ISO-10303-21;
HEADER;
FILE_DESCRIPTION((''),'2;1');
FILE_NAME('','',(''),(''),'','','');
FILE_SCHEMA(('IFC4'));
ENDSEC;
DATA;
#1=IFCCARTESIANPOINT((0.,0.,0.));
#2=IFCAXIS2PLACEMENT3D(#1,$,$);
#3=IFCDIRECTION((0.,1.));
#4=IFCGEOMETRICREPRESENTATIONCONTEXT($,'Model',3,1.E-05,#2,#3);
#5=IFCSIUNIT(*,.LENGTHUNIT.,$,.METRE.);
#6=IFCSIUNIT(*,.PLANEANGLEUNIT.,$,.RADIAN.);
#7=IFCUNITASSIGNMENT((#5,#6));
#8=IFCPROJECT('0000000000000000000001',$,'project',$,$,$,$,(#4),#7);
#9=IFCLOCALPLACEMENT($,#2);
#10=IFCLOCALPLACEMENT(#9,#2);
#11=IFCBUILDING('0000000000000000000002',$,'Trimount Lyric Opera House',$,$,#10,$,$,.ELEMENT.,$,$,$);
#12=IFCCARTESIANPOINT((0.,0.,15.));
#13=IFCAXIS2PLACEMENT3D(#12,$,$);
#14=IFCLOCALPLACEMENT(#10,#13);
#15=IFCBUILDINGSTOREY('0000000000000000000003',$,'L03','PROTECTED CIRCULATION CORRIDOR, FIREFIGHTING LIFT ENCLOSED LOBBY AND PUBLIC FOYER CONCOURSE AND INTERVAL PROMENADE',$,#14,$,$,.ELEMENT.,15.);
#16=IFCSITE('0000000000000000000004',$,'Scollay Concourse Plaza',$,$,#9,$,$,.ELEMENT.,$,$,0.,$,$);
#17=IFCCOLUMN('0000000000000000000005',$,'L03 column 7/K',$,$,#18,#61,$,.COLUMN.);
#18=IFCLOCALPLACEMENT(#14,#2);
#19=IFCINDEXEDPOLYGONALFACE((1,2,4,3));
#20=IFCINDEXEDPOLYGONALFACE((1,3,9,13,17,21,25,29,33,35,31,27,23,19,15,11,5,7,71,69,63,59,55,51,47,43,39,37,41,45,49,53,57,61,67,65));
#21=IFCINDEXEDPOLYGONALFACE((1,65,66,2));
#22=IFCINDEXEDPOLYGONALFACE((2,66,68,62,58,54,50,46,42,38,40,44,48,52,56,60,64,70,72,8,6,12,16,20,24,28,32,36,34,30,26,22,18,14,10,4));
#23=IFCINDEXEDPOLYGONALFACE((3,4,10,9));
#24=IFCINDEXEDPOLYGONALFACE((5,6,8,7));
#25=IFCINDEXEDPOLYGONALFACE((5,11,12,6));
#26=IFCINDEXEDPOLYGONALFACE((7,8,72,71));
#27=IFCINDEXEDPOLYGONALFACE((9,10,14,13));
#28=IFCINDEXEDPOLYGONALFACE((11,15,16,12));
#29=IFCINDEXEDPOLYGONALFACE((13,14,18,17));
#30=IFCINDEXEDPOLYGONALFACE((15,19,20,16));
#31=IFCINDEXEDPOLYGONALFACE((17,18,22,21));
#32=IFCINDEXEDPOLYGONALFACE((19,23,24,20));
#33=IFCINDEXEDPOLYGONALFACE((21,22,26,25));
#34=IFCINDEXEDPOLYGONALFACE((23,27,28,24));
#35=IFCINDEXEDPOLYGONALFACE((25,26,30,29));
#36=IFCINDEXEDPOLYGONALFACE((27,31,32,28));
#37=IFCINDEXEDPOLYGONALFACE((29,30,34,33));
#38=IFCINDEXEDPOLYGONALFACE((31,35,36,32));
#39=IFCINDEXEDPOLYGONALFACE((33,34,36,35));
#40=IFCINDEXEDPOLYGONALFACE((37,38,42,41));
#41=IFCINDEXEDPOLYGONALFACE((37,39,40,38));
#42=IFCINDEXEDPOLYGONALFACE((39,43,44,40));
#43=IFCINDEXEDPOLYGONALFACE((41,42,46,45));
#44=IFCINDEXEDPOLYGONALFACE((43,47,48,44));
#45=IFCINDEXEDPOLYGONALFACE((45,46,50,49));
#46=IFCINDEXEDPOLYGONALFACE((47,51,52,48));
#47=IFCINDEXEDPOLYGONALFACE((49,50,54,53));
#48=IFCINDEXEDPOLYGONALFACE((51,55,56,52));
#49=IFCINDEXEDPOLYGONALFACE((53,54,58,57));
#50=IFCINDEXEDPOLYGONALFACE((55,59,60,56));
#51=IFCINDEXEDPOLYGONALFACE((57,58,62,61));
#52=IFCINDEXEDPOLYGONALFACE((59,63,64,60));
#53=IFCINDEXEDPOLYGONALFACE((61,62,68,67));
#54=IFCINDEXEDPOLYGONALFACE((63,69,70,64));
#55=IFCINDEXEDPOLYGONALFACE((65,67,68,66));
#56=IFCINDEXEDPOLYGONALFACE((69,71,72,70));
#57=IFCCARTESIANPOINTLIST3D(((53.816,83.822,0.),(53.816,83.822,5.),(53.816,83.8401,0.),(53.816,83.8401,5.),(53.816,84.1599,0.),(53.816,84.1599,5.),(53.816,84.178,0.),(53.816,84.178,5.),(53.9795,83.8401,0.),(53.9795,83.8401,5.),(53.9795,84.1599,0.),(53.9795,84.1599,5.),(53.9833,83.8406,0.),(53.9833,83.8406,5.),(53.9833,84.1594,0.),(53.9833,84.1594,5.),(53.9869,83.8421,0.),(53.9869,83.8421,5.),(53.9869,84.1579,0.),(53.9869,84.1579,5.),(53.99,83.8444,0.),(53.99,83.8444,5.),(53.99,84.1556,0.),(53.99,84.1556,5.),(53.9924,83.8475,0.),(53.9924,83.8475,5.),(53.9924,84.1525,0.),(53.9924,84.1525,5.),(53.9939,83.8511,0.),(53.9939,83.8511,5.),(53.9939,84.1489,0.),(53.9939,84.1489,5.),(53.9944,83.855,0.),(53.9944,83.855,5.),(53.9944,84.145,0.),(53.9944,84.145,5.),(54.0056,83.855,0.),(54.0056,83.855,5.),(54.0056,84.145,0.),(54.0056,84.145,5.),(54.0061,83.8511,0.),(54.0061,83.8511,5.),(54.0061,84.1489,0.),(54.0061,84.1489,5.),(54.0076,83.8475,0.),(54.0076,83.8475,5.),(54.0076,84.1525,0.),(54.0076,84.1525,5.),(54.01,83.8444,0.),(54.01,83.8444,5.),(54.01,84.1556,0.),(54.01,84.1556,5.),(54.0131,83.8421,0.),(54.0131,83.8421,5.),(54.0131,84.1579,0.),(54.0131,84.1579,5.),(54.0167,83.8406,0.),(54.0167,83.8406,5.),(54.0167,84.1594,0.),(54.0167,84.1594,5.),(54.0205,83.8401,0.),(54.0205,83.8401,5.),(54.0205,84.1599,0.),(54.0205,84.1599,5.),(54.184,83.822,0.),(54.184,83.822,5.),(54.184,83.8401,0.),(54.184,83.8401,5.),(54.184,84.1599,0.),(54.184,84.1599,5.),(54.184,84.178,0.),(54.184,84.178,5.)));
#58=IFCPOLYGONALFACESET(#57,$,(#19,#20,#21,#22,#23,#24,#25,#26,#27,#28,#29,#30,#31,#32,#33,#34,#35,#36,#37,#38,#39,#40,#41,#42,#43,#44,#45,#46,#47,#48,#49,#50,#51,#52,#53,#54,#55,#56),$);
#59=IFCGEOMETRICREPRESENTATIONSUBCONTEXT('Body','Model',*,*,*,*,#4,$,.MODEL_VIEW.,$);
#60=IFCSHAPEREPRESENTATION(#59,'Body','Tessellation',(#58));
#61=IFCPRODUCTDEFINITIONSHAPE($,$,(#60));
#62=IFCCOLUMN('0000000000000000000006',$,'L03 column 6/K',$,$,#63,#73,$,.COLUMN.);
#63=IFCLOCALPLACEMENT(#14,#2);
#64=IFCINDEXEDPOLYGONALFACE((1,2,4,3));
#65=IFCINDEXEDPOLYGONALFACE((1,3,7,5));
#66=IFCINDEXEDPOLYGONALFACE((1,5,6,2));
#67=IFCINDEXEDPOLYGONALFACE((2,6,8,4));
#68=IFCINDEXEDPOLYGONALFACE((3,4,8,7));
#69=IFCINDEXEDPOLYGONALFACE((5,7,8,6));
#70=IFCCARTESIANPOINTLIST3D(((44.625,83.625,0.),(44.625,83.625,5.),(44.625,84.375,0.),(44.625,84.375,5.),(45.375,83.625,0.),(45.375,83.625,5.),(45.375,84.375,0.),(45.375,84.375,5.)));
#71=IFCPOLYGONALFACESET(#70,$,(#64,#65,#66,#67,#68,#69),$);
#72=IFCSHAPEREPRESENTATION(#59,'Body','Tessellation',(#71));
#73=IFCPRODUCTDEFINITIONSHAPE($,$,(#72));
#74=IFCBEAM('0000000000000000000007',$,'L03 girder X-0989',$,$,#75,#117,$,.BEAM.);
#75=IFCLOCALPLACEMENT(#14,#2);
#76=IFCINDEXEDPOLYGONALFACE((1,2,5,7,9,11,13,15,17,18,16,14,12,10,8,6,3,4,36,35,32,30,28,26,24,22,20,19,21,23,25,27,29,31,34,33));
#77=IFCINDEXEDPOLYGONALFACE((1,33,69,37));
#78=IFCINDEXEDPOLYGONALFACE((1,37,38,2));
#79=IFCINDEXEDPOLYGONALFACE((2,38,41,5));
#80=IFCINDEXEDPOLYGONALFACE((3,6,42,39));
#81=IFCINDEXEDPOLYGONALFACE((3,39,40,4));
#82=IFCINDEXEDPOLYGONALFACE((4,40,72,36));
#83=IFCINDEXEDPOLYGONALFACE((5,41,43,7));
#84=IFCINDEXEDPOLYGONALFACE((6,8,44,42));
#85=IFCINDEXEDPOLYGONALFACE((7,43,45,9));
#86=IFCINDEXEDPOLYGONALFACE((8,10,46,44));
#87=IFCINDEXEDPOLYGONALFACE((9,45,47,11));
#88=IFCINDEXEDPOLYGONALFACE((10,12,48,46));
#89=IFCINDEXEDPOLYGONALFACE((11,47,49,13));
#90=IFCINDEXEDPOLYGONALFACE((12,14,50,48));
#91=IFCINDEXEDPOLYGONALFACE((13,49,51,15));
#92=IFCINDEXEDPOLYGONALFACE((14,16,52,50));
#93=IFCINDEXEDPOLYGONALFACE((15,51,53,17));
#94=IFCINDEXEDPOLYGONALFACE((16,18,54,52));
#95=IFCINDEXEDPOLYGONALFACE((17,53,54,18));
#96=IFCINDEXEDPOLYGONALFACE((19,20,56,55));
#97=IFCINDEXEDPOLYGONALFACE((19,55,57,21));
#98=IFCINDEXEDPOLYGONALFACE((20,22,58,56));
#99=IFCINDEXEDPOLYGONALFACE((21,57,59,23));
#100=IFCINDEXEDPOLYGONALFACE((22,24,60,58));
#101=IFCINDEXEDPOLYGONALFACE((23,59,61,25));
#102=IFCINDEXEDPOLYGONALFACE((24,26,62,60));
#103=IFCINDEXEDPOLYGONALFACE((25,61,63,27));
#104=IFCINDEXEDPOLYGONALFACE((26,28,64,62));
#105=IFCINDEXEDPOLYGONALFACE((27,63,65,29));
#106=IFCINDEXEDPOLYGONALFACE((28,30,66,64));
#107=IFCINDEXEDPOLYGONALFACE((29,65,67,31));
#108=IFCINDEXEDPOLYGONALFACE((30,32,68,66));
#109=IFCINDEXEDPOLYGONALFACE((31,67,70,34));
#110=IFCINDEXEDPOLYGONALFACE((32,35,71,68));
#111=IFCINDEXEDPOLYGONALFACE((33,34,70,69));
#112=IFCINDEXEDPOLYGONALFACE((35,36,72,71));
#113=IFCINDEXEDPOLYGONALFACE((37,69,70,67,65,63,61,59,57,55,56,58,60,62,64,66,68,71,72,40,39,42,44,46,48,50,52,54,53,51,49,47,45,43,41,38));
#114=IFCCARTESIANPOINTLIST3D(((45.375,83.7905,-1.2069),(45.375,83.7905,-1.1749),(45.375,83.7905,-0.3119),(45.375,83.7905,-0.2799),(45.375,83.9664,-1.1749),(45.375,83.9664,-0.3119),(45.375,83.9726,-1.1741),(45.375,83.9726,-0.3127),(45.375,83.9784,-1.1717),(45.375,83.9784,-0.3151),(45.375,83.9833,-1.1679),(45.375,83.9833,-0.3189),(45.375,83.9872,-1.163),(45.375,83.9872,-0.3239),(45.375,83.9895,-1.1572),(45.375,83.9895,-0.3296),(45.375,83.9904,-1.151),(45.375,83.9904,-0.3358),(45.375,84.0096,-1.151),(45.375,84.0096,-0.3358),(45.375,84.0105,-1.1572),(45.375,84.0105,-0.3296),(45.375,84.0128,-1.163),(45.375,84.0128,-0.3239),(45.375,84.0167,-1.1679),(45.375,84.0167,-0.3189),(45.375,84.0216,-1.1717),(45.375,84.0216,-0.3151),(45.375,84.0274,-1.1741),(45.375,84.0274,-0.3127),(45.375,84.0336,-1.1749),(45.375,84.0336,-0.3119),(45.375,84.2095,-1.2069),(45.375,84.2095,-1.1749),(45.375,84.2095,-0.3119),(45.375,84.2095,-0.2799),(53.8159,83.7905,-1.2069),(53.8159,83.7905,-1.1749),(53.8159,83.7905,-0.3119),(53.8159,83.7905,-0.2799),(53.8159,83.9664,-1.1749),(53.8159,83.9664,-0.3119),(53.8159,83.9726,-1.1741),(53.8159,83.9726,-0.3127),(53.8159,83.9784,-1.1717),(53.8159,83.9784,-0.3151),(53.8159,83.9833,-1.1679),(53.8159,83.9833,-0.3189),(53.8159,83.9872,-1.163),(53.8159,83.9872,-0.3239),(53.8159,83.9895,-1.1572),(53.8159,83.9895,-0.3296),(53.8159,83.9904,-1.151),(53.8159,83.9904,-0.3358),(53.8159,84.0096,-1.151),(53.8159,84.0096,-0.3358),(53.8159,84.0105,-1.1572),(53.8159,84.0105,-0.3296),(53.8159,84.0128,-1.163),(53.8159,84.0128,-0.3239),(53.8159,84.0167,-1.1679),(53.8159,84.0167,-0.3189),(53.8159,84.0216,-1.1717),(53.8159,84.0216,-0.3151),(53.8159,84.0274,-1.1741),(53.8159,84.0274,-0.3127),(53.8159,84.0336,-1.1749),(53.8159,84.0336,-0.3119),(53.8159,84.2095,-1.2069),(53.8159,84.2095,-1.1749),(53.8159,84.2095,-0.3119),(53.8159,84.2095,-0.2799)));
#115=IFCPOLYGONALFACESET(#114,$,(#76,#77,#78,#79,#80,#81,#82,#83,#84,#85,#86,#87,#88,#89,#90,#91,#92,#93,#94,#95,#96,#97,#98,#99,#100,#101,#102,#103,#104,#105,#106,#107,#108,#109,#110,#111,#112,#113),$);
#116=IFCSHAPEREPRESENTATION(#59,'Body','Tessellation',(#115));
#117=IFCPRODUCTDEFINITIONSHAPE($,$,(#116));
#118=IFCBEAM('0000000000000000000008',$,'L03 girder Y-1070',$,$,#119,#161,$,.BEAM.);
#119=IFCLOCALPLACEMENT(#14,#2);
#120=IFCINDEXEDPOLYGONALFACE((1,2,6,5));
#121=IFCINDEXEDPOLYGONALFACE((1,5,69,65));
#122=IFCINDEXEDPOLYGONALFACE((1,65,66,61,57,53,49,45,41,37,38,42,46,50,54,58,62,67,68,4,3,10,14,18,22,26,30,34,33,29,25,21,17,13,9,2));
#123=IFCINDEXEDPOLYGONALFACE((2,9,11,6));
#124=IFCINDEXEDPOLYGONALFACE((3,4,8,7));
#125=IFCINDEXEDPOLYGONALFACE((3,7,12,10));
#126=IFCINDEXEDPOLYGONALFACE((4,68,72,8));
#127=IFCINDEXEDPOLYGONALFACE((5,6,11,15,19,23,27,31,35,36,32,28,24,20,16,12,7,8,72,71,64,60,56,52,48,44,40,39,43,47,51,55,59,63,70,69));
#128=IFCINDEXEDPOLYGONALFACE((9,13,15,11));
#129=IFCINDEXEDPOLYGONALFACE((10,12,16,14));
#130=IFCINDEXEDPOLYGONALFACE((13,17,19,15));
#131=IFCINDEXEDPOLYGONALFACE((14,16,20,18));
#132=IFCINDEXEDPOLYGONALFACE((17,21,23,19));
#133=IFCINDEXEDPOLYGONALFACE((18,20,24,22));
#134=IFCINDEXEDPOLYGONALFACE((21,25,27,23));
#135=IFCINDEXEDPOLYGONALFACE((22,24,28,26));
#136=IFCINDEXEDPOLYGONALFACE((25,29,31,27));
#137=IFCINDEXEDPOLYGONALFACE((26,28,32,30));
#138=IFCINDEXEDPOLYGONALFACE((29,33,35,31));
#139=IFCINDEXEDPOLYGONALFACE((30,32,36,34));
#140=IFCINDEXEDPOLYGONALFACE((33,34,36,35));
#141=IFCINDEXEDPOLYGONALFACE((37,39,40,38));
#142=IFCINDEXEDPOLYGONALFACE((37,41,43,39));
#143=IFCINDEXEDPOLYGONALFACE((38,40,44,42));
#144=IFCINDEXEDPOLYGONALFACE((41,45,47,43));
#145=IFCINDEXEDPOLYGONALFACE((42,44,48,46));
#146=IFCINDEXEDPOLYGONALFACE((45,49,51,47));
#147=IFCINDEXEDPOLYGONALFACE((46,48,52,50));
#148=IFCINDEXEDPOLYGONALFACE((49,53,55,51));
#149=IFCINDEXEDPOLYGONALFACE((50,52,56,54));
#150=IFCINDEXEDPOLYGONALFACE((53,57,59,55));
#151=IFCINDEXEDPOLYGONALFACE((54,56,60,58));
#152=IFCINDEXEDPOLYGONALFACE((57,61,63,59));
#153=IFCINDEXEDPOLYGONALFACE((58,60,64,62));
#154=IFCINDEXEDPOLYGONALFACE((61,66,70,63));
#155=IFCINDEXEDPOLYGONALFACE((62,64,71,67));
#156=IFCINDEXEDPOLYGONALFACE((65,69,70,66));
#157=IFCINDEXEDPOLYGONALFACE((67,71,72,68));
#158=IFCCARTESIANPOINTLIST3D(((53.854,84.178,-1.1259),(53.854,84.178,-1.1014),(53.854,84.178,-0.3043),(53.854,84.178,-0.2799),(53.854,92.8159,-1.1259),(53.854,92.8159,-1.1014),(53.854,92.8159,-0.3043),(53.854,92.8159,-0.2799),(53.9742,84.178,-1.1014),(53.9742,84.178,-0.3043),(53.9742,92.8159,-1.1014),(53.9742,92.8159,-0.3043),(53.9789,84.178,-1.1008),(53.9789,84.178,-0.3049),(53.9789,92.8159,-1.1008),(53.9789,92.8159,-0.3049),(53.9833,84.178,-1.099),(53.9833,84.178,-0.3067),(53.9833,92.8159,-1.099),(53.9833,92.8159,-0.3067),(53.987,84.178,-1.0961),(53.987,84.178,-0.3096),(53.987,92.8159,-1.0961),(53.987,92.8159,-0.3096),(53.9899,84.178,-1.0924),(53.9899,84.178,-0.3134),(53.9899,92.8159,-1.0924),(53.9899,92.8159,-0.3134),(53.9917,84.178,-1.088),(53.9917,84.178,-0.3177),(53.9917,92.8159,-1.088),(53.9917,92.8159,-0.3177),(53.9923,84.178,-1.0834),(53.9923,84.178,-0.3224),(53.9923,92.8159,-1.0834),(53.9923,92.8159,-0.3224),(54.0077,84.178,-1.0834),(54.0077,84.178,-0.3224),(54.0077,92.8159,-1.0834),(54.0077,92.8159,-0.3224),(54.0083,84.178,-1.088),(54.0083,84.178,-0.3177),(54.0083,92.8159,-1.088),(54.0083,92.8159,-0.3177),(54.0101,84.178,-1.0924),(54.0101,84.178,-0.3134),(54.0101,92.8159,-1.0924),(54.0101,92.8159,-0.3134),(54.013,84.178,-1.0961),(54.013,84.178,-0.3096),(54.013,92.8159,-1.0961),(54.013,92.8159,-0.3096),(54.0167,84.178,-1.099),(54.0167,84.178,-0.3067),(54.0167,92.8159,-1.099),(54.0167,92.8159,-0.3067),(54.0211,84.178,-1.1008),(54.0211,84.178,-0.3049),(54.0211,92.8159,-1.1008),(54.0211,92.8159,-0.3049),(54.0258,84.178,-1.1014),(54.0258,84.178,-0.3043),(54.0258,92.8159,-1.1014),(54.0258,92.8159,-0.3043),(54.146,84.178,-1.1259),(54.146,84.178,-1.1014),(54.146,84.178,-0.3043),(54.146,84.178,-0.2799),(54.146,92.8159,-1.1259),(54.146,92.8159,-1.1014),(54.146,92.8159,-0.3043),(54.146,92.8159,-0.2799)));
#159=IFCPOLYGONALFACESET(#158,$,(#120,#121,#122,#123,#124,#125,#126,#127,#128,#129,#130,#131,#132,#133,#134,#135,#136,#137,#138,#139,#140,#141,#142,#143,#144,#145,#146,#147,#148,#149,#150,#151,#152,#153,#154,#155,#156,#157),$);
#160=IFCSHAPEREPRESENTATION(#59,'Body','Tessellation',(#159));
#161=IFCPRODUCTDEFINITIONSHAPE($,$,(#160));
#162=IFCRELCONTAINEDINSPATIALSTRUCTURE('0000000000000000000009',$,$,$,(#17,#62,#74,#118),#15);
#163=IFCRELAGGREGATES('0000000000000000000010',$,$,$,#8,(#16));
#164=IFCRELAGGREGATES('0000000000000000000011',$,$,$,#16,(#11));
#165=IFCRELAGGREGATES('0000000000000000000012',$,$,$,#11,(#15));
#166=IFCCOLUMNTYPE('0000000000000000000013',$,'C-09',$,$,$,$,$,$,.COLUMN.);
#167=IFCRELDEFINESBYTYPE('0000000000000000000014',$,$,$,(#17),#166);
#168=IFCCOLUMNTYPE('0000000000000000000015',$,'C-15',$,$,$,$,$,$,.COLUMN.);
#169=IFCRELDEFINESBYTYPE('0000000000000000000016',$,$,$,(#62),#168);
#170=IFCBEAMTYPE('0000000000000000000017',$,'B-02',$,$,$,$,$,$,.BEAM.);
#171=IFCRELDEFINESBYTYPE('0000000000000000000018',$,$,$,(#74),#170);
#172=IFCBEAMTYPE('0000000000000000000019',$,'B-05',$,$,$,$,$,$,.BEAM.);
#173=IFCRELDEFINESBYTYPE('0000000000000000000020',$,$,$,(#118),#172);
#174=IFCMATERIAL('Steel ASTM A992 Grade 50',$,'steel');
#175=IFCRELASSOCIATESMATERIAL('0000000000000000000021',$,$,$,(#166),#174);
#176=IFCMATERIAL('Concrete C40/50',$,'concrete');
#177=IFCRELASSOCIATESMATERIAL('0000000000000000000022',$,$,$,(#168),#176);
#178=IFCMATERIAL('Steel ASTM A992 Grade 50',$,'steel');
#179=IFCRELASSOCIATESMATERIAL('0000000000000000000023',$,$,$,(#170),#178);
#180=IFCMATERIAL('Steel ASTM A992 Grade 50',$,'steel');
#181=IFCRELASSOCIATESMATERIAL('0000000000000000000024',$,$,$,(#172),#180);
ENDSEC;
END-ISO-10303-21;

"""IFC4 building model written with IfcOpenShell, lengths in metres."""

from ifc_helpers import new_model, si_unit, direction, frame, origin, origin_2d, place, context, subcontext, project, spatial, rectangle, i_section, extrude, material, material_profile, profile_set, type_object, element, save


model = new_model("IFC4")

# Units and contexts
model_context = context("Model", 3, precision=1e-05, world=origin(), true_north=direction((0.0, 1.0)))
body_context = subcontext(model_context, "Body", "Model", "MODEL_VIEW")
ifc_project = project(units=[si_unit("LENGTHUNIT", "METRE"), si_unit("PLANEANGLEUNIT", "RADIAN")], contexts=[model_context])

# Site, building, storey
site_placement = place(None, origin())
site = spatial("IfcSite", under=ifc_project, at=site_placement, Name="Scollay Concourse Plaza", CompositionType="ELEMENT", RefElevation=0.0)
building_placement = place(site_placement, origin())
building = spatial("IfcBuilding", under=site, at=building_placement, Name="Trimount Lyric Opera House", CompositionType="ELEMENT")
storey_placement = place(building_placement, frame((0.0, 0.0, 15.0)))
storey = spatial("IfcBuildingStorey", under=building, at=storey_placement, Name="L03", Description="PROTECTED CIRCULATION CORRIDOR, FIREFIGHTING LIFT ENCLOSED LOBBY AND PUBLIC FOYER CONCOURSE AND INTERVAL PROMENADE", CompositionType="ELEMENT", Elevation=15.0)

# Columns
ifc_material_1 = material(Name="Steel ASTM A992 Grade 50", Category="steel")
ifc_material_profile_1 = material_profile(ifc_material_1, i_section(OverallWidth=0.3679, OverallDepth=0.356, WebThickness=0.0112, FlangeThickness=0.0181, FilletRadius=0.0149, at=origin_2d()), Name="W14X90")
ifc_profile_set_1 = profile_set([ifc_material_profile_1], Name="Steel ASTM A992 Grade 50")
column_type_1 = type_object("IfcColumnType", Name="C-09", PredefinedType="COLUMN", material=ifc_profile_set_1)
column_1_placement = place(storey_placement, frame((54.0, 84.0, 0.0), z_axis=(0.0, 0.0, 1.0), x_axis=(1.0, 0.0, 0.0)))
element("IfcColumn", 1, at=column_1_placement, inside=storey, type_object=column_type_1, Name="L03 column 7/K", PredefinedType="COLUMN", context=body_context, shape_type="SweptSolid", body=[
    extrude(i_section(OverallWidth=0.3679, OverallDepth=0.356, WebThickness=0.0112, FlangeThickness=0.0181, FilletRadius=0.0149, at=origin_2d()), origin(), (0.0, 0.0, 1.0), 5.0),
])
ifc_material_2 = material(Name="Concrete C40/50", Category="concrete")
ifc_material_profile_2 = material_profile(ifc_material_2, rectangle(XDim=0.75, YDim=0.75, at=origin_2d()), Name="RC750X750")
ifc_profile_set_2 = profile_set([ifc_material_profile_2], Name="Concrete C40/50")
column_type_2 = type_object("IfcColumnType", Name="C-15", PredefinedType="COLUMN", material=ifc_profile_set_2)
column_2_placement = place(storey_placement, frame((45.0, 84.0, 0.0), z_axis=(0.0, 0.0, 1.0), x_axis=(1.0, 0.0, 0.0)))
element("IfcColumn", 2, at=column_2_placement, inside=storey, type_object=column_type_2, Name="L03 column 6/K", PredefinedType="COLUMN", context=body_context, shape_type="SweptSolid", body=[
    extrude(rectangle(XDim=0.75, YDim=0.75, at=origin_2d()), origin(), (0.0, 0.0, 1.0), 5.0),
])

# Beams
ifc_material_3 = material(Name="Steel ASTM A992 Grade 50", Category="steel")
ifc_material_profile_3 = material_profile(ifc_material_3, i_section(OverallWidth=0.4189, OverallDepth=0.927, WebThickness=0.0193, FlangeThickness=0.032, FilletRadius=0.0239, at=origin_2d()), Name="W36X231")
ifc_profile_set_3 = profile_set([ifc_material_profile_3], Name="Steel ASTM A992 Grade 50")
beam_type_1 = type_object("IfcBeamType", Name="B-02", PredefinedType="BEAM", material=ifc_profile_set_3)
beam_1_placement = place(storey_placement, frame((45.375, 84.0, -0.7434), z_axis=(1.0, 0.0, 0.0), x_axis=(0.0, 1.0, 0.0)))
element("IfcBeam", 3, at=beam_1_placement, inside=storey, type_object=beam_type_1, Name="L03 girder X-0989", PredefinedType="BEAM", context=body_context, shape_type="SweptSolid", body=[
    extrude(i_section(OverallWidth=0.4189, OverallDepth=0.927, WebThickness=0.0193, FlangeThickness=0.032, FilletRadius=0.0239, at=origin_2d()), origin(), (0.0, 0.0, 1.0), 8.4409),
])
ifc_material_4 = material(Name="Steel ASTM A992 Grade 50", Category="steel")
ifc_material_profile_4 = material_profile(ifc_material_4, i_section(OverallWidth=0.292, OverallDepth=0.8459, WebThickness=0.0154, FlangeThickness=0.0244, FilletRadius=0.0181, at=origin_2d()), Name="W33X141")
ifc_profile_set_4 = profile_set([ifc_material_profile_4], Name="Steel ASTM A992 Grade 50")
beam_type_2 = type_object("IfcBeamType", Name="B-05", PredefinedType="BEAM", material=ifc_profile_set_4)
beam_2_placement = place(storey_placement, frame((54.0, 84.178, -0.7029), z_axis=(0.0, 1.0, 0.0), x_axis=(-1.0, 0.0, 0.0)))
element("IfcBeam", 4, at=beam_2_placement, inside=storey, type_object=beam_type_2, Name="L03 girder Y-1070", PredefinedType="BEAM", context=body_context, shape_type="SweptSolid", body=[
    extrude(i_section(OverallWidth=0.292, OverallDepth=0.8459, WebThickness=0.0154, FlangeThickness=0.0244, FilletRadius=0.0181, at=origin_2d()), origin(), (0.0, 0.0, 1.0), 8.6379),
])

save(model, "model.ifc")
